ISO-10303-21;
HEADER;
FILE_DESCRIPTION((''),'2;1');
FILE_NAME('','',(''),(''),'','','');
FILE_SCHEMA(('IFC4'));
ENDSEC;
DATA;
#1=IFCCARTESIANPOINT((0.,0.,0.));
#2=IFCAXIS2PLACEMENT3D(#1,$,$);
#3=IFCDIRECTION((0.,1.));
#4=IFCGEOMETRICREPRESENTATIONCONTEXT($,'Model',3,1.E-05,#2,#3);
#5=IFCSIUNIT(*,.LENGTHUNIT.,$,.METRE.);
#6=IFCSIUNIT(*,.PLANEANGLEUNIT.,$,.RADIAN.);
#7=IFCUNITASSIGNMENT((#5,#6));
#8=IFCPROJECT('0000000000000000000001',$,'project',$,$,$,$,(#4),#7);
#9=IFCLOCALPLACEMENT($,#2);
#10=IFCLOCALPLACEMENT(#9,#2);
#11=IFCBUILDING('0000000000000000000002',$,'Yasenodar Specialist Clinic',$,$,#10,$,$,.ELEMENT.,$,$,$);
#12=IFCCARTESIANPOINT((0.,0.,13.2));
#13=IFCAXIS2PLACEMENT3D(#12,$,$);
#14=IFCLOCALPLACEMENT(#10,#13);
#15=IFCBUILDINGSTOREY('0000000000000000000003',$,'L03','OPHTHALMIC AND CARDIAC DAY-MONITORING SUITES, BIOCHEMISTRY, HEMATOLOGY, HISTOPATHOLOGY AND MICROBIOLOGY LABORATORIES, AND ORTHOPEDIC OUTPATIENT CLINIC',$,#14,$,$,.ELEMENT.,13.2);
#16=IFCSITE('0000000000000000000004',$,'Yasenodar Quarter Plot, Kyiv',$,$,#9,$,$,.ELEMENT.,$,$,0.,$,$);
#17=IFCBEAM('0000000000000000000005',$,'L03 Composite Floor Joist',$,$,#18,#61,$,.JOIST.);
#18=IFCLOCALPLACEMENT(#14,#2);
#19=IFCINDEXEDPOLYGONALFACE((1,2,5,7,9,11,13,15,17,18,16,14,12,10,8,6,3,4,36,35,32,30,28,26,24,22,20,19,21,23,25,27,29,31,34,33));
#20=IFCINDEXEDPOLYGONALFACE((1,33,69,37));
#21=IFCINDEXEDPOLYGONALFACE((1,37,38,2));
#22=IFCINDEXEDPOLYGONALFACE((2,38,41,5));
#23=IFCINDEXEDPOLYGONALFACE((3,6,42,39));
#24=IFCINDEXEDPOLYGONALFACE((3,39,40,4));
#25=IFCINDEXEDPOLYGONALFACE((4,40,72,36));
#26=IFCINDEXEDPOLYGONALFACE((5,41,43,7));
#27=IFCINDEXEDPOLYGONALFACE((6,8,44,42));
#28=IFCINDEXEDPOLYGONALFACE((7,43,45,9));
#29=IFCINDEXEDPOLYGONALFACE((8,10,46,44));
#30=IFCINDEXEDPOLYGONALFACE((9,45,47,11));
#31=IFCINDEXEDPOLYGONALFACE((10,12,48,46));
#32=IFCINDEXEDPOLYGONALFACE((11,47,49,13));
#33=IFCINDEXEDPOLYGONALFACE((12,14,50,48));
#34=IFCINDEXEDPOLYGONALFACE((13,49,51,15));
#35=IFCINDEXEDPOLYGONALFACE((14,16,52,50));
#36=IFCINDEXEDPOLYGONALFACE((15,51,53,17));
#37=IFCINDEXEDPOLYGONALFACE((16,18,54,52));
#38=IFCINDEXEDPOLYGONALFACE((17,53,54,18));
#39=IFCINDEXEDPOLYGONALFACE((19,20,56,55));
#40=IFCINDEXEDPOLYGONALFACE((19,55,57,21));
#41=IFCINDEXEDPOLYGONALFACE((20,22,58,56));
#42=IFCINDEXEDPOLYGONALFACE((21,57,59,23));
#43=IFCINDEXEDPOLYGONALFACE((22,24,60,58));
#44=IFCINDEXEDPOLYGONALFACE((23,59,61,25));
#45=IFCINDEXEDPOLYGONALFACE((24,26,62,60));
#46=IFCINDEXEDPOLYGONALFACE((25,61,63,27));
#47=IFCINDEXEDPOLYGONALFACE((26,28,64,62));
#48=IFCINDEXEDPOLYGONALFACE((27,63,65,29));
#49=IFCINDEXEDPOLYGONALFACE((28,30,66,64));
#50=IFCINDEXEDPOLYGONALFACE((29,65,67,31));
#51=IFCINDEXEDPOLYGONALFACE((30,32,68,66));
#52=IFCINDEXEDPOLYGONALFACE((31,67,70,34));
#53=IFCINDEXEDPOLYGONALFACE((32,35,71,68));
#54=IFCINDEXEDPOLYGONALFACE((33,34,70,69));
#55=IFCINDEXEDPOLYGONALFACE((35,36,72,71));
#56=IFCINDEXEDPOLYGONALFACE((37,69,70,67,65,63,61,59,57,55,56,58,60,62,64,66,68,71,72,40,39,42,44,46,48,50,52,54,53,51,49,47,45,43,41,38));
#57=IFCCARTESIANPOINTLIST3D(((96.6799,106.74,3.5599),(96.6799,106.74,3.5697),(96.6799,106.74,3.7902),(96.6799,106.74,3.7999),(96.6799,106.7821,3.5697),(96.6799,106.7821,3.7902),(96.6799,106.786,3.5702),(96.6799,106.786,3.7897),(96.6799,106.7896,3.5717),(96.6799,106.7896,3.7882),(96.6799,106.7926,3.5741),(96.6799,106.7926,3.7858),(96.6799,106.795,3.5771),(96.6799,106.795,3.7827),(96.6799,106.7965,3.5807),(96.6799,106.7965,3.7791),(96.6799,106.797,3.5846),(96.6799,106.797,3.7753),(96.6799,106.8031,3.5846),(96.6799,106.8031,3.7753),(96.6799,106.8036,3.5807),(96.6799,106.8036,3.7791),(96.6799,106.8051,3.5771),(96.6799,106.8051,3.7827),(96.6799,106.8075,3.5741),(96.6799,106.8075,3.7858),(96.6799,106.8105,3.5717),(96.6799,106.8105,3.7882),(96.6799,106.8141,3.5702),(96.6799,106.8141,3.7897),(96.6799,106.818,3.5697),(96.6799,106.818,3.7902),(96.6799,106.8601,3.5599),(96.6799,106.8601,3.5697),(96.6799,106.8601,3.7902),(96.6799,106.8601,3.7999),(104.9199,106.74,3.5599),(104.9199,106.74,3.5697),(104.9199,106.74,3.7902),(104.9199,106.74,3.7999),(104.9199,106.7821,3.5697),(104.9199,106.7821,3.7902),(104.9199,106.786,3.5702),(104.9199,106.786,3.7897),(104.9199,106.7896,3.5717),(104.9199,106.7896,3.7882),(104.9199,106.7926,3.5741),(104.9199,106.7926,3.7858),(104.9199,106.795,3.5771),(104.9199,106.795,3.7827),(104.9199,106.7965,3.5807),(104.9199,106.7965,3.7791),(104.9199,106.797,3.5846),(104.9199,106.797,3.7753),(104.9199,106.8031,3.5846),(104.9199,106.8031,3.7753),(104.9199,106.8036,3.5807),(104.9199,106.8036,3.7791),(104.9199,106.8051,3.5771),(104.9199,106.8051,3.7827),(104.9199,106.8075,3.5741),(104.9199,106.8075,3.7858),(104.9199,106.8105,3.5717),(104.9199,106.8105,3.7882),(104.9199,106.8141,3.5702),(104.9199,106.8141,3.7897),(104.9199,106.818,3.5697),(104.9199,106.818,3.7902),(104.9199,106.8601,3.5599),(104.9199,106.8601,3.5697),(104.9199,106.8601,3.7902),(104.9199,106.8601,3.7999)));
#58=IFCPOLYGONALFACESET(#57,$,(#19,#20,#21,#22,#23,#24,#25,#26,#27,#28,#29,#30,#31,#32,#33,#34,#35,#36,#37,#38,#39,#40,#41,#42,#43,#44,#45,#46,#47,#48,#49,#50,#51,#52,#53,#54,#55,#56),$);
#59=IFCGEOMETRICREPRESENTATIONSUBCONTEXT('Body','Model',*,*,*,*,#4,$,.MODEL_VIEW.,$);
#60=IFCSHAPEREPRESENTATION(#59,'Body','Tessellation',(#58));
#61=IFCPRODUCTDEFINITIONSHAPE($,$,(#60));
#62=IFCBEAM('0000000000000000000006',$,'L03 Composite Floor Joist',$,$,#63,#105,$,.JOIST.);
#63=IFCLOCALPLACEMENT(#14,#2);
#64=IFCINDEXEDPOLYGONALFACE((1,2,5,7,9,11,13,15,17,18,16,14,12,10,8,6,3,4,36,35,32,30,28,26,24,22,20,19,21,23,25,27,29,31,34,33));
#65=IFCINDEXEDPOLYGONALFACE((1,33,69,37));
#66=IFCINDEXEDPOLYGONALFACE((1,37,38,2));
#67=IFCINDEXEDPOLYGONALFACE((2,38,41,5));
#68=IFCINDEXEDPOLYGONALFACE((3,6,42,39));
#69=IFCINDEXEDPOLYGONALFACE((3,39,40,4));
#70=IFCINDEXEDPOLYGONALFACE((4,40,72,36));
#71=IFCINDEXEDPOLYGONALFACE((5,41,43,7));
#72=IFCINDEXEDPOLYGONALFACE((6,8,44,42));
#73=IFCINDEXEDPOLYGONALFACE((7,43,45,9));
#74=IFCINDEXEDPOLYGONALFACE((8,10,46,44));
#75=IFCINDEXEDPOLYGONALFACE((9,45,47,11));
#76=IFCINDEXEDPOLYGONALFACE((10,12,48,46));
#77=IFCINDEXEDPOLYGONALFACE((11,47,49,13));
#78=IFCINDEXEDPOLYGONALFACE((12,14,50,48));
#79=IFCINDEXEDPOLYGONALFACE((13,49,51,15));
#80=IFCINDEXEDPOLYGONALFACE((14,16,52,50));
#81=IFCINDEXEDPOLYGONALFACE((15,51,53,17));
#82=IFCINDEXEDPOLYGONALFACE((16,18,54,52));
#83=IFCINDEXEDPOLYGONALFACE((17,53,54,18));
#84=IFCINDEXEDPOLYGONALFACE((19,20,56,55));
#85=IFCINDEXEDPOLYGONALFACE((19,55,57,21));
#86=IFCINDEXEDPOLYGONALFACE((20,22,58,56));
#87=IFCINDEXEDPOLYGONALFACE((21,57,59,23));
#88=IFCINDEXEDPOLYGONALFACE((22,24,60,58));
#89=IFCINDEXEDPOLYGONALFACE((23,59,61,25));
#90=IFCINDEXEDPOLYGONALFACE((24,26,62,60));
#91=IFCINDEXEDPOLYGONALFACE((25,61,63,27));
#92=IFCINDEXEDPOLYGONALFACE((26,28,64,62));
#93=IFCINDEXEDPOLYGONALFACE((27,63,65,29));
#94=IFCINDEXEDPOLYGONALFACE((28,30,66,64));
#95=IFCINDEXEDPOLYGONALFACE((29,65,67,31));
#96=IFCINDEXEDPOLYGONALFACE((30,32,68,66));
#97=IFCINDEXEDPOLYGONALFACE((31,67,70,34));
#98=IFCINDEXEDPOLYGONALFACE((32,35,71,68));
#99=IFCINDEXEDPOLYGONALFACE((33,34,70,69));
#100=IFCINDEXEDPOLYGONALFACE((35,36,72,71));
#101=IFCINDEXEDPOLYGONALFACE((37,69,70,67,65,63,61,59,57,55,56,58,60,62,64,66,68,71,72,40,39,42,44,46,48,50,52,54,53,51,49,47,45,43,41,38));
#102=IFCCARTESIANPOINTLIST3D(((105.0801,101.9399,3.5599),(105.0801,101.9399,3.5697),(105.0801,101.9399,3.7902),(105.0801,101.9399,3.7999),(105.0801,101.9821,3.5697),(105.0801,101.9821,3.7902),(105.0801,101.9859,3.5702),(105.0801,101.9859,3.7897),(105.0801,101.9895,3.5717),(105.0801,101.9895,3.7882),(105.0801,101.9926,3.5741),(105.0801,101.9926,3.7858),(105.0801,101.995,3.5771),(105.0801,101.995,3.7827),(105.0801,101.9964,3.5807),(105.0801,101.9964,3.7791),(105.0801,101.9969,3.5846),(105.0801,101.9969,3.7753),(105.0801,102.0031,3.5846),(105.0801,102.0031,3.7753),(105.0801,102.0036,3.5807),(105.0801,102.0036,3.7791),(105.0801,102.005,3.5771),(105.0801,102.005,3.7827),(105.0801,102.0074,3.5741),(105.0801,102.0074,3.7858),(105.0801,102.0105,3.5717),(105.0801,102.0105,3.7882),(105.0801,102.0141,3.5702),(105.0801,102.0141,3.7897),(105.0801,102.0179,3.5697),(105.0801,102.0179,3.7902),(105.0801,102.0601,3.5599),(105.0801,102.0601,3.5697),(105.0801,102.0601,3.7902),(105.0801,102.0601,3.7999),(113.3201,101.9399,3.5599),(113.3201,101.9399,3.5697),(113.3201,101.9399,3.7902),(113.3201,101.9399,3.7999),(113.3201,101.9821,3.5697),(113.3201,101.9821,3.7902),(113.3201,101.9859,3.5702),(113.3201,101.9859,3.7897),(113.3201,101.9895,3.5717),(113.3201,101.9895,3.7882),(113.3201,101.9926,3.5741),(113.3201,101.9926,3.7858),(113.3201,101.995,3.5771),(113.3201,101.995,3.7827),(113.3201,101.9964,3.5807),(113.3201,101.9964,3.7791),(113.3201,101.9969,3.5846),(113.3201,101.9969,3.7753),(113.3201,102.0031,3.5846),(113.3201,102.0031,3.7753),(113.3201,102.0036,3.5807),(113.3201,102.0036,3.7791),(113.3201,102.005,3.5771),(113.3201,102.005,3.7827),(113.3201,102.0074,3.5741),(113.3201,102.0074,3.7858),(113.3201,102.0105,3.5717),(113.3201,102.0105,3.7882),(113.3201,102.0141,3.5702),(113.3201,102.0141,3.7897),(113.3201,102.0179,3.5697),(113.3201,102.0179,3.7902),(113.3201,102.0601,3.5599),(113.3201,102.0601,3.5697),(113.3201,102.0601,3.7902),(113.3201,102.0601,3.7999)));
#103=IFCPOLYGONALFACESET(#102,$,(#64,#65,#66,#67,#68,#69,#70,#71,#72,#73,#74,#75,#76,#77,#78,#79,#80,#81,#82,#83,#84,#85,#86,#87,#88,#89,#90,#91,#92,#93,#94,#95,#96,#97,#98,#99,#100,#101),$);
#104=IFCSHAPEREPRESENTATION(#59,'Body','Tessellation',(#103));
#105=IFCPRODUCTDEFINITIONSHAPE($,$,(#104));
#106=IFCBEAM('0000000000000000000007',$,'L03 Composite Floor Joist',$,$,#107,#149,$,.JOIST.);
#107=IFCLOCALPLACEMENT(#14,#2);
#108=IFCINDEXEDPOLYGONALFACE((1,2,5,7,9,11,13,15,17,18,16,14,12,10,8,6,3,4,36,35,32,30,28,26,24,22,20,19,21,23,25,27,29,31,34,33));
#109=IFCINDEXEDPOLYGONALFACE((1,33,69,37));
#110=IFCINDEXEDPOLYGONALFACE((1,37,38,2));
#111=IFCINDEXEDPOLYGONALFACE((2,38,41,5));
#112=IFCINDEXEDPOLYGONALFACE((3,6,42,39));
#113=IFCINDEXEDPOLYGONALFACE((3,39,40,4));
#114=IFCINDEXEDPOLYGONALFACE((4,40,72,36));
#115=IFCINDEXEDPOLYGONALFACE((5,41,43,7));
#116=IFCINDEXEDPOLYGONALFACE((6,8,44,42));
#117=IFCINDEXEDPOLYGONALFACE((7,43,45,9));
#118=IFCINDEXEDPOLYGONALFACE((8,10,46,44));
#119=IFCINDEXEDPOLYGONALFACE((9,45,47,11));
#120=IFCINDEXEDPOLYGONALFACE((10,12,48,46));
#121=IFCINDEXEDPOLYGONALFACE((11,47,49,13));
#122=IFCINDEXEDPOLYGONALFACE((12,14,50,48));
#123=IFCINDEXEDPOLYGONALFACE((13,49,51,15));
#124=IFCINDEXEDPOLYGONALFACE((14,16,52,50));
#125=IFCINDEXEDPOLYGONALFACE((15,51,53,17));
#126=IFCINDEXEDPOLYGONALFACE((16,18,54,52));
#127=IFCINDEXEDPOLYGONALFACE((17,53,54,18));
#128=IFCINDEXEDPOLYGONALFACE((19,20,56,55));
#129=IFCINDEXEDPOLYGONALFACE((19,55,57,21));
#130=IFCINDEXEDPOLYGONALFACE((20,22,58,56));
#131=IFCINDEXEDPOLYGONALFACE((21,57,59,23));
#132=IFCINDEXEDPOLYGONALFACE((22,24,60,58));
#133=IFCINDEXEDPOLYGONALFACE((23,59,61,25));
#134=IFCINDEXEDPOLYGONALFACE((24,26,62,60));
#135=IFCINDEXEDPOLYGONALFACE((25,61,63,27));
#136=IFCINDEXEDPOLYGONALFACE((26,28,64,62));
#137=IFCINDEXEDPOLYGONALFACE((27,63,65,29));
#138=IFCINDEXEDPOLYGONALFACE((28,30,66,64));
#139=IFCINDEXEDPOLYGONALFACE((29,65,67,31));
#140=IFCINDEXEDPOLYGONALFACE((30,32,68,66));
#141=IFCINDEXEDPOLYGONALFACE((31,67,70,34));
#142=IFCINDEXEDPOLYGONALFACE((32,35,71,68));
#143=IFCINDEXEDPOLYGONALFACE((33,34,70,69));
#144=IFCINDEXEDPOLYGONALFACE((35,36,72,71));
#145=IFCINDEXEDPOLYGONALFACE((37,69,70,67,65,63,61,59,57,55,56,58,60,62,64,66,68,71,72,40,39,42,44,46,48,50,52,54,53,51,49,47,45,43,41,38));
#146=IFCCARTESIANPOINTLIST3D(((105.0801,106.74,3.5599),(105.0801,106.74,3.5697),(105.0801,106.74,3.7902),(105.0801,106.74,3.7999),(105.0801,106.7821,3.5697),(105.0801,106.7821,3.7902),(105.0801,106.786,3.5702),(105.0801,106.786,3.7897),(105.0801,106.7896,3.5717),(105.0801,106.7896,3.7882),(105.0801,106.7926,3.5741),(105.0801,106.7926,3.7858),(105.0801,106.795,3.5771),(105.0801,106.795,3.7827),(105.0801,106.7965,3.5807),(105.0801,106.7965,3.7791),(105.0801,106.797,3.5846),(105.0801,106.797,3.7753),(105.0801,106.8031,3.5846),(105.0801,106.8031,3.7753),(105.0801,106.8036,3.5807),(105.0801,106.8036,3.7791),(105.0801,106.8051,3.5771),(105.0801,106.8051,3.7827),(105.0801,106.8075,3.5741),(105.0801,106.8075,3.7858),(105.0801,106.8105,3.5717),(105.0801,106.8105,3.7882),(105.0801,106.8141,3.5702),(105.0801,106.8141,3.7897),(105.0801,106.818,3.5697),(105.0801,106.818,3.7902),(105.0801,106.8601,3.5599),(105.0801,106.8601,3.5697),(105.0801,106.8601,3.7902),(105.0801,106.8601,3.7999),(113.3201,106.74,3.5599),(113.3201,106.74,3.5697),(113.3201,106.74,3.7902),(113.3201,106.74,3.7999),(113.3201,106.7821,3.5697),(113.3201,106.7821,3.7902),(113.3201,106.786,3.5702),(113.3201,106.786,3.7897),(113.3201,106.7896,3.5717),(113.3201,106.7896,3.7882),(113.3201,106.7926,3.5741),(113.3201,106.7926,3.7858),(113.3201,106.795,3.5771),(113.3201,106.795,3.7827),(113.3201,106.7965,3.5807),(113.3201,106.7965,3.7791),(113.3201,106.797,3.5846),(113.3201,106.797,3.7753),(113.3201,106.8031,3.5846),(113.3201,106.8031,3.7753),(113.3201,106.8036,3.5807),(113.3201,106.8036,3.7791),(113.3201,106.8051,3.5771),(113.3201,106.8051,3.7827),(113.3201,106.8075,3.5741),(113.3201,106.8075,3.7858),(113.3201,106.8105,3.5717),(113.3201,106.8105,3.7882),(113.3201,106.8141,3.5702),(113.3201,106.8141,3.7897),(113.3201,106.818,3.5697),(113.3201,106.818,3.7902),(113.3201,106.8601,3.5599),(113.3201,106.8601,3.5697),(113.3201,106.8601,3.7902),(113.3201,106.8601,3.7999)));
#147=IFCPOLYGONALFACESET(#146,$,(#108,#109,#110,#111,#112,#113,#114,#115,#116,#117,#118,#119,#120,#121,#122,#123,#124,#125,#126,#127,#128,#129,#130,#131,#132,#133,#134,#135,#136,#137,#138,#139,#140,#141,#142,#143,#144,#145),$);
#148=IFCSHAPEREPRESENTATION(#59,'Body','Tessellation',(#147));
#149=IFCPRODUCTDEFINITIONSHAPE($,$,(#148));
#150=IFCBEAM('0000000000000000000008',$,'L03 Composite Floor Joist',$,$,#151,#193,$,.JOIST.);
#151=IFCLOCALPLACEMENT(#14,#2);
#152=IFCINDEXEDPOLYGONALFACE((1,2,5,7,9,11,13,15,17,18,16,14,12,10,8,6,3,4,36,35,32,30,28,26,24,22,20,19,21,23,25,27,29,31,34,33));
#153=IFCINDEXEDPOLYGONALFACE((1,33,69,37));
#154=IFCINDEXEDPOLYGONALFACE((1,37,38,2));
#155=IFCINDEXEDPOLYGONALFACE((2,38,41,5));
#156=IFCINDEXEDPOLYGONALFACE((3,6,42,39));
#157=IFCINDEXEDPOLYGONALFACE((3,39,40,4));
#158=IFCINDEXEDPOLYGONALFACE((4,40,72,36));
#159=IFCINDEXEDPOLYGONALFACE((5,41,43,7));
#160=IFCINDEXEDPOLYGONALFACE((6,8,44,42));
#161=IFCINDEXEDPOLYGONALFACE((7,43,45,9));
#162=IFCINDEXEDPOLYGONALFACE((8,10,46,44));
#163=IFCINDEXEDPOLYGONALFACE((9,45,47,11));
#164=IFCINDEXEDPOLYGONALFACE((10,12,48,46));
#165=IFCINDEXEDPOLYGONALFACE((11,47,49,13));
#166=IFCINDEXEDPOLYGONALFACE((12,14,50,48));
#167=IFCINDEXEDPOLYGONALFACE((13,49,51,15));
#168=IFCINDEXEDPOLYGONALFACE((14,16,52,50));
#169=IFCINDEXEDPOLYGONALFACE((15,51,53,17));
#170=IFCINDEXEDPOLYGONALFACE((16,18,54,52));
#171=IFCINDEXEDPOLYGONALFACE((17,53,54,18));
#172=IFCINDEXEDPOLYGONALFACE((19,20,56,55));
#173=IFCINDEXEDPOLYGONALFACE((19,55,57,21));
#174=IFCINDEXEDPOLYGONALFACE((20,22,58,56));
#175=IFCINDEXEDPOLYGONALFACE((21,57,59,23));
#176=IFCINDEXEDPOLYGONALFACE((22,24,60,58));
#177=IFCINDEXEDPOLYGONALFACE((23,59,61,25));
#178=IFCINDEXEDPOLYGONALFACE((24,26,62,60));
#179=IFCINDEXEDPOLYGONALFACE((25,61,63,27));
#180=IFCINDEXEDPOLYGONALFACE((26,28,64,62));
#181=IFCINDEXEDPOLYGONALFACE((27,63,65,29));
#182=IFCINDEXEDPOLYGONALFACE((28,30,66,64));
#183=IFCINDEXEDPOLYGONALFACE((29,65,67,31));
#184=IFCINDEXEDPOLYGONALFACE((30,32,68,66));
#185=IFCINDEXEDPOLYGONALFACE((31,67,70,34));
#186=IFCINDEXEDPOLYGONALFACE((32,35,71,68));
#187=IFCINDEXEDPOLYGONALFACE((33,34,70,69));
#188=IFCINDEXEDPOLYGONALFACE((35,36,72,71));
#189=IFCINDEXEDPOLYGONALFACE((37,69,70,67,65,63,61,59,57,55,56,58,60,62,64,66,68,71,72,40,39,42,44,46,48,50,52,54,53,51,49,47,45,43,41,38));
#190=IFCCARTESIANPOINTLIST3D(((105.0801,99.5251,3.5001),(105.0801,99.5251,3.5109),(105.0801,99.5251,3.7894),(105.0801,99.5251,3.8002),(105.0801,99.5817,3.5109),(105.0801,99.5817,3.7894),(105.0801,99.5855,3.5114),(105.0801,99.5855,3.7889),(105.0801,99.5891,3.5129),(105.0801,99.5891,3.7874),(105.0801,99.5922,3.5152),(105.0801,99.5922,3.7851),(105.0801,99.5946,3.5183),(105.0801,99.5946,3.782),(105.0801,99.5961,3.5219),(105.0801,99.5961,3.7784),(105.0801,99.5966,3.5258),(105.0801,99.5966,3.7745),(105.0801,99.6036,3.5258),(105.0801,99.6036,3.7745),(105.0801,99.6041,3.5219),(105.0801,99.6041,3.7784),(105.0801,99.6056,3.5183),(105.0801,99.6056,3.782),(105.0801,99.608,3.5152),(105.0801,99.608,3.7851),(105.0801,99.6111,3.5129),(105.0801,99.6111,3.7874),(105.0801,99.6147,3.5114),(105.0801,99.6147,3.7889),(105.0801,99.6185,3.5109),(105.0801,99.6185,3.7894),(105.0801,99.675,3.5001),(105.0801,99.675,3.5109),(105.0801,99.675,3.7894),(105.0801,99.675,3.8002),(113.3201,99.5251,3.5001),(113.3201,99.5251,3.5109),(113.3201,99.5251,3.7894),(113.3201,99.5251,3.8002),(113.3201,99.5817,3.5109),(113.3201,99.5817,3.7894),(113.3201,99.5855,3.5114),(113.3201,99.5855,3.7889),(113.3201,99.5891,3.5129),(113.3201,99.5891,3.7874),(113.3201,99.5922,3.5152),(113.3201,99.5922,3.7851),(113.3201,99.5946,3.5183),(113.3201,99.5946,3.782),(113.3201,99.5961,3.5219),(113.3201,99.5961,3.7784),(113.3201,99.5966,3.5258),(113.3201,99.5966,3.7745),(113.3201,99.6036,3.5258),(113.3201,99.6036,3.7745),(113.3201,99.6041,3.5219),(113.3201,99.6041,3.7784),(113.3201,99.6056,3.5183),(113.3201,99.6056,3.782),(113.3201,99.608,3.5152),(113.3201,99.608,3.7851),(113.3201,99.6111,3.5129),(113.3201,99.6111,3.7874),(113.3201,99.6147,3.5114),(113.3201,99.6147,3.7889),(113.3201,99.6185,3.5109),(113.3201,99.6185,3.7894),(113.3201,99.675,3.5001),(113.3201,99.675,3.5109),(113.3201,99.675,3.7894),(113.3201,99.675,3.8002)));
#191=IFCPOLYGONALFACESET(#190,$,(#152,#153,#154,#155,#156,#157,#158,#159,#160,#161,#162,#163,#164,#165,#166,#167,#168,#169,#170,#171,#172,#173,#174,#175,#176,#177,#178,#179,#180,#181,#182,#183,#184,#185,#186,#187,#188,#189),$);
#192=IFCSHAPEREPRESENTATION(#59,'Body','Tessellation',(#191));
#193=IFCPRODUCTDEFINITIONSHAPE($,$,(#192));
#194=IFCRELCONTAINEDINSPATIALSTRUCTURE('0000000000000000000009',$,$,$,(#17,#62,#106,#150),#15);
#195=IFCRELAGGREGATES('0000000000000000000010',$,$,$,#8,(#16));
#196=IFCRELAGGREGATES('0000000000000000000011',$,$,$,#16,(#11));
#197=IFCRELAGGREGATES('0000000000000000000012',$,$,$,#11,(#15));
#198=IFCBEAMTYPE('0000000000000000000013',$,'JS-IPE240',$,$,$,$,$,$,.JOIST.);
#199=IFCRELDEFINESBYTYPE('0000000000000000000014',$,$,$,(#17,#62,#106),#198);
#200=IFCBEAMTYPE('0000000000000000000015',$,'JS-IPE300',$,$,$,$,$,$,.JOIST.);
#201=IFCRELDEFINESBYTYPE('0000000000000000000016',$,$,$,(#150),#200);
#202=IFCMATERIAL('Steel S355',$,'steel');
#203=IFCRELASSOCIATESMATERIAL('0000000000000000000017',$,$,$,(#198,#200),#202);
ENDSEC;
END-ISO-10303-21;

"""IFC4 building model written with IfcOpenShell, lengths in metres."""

from ifc_helpers import new_model, si_unit, direction, frame, origin, origin_2d, place, context, subcontext, project, spatial, i_section, extrude, material, material_profile, profile_set, type_object, element, save


model = new_model("IFC4")

# Units and contexts
model_context = context("Model", 3, precision=1e-05, world=origin(), true_north=direction((0.0, 1.0)))
body_context = subcontext(model_context, "Body", "Model", "MODEL_VIEW")
ifc_project = project(units=[si_unit("LENGTHUNIT", "METRE"), si_unit("PLANEANGLEUNIT", "RADIAN")], contexts=[model_context])

# Site, building, storey
site_placement = place(None, origin())
site = spatial("IfcSite", under=ifc_project, at=site_placement, Name="Yasenodar Quarter Plot, Kyiv", CompositionType="ELEMENT", RefElevation=0.0)
building_placement = place(site_placement, origin())
building = spatial("IfcBuilding", under=site, at=building_placement, Name="Yasenodar Specialist Clinic", CompositionType="ELEMENT")
storey_placement = place(building_placement, frame((0.0, 0.0, 13.2)))
storey = spatial("IfcBuildingStorey", under=building, at=storey_placement, Name="L03", Description="OPHTHALMIC AND CARDIAC DAY-MONITORING SUITES, BIOCHEMISTRY, HEMATOLOGY, HISTOPATHOLOGY AND MICROBIOLOGY LABORATORIES, AND ORTHOPEDIC OUTPATIENT CLINIC", CompositionType="ELEMENT", Elevation=13.2)

# Shared definitions
ifc_material_1 = material(Name="Steel S355", Category="steel")

# Beams
ifc_material_profile_1 = material_profile(ifc_material_1, i_section(OverallWidth=0.1201, OverallDepth=0.24, WebThickness=0.0061, FlangeThickness=0.0098, FilletRadius=0.0149, at=origin_2d()), Name="IPE 240")
ifc_profile_set_1 = profile_set([ifc_material_profile_1], Name="Steel S355")
beam_type_1 = type_object("IfcBeamType", Name="JS-IPE240", PredefinedType="JOIST", material=ifc_profile_set_1)
for number, where, z_axis, x_axis, name in (
    (1, (96.6799, 106.8, 3.6799), (1.0, 0.0, 0.0), (0.0, 1.0, 0.0), "L03 Composite Floor Joist"),
    (2, (105.0801, 102.0, 3.6799), (1.0, 0.0, 0.0), (0.0, 1.0, 0.0), "L03 Composite Floor Joist"),
    (3, (105.0801, 106.8, 3.6799), (1.0, 0.0, 0.0), (0.0, 1.0, 0.0), "L03 Composite Floor Joist"),
):
    element("IfcBeam", number, at=place(storey_placement, frame(where, z_axis=z_axis, x_axis=x_axis)), inside=storey, type_object=beam_type_1, Name=name, PredefinedType="JOIST", context=body_context, shape_type="SweptSolid", body=[
        extrude(i_section(OverallWidth=0.1201, OverallDepth=0.24, WebThickness=0.0061, FlangeThickness=0.0098, FilletRadius=0.0149, at=origin_2d()), origin(), (0.0, 0.0, 1.0), 8.24),
    ])
ifc_material_profile_2 = material_profile(ifc_material_1, i_section(OverallWidth=0.1499, OverallDepth=0.3, WebThickness=0.0071, FlangeThickness=0.0107, FilletRadius=0.0149, at=origin_2d()), Name="IPE 300")
ifc_profile_set_2 = profile_set([ifc_material_profile_2], Name="Steel S355")
beam_type_2 = type_object("IfcBeamType", Name="JS-IPE300", PredefinedType="JOIST", material=ifc_profile_set_2)
beam_1_placement = place(storey_placement, frame((105.0801, 99.6001, 3.6501), z_axis=(1.0, 0.0, 0.0), x_axis=(0.0, 1.0, 0.0)))
element("IfcBeam", 4, at=beam_1_placement, inside=storey, type_object=beam_type_2, Name="L03 Composite Floor Joist", PredefinedType="JOIST", context=body_context, shape_type="SweptSolid", body=[
    extrude(i_section(OverallWidth=0.1499, OverallDepth=0.3, WebThickness=0.0071, FlangeThickness=0.0107, FilletRadius=0.0149, at=origin_2d()), origin(), (0.0, 0.0, 1.0), 8.24),
])

save(model, "model.ifc")
